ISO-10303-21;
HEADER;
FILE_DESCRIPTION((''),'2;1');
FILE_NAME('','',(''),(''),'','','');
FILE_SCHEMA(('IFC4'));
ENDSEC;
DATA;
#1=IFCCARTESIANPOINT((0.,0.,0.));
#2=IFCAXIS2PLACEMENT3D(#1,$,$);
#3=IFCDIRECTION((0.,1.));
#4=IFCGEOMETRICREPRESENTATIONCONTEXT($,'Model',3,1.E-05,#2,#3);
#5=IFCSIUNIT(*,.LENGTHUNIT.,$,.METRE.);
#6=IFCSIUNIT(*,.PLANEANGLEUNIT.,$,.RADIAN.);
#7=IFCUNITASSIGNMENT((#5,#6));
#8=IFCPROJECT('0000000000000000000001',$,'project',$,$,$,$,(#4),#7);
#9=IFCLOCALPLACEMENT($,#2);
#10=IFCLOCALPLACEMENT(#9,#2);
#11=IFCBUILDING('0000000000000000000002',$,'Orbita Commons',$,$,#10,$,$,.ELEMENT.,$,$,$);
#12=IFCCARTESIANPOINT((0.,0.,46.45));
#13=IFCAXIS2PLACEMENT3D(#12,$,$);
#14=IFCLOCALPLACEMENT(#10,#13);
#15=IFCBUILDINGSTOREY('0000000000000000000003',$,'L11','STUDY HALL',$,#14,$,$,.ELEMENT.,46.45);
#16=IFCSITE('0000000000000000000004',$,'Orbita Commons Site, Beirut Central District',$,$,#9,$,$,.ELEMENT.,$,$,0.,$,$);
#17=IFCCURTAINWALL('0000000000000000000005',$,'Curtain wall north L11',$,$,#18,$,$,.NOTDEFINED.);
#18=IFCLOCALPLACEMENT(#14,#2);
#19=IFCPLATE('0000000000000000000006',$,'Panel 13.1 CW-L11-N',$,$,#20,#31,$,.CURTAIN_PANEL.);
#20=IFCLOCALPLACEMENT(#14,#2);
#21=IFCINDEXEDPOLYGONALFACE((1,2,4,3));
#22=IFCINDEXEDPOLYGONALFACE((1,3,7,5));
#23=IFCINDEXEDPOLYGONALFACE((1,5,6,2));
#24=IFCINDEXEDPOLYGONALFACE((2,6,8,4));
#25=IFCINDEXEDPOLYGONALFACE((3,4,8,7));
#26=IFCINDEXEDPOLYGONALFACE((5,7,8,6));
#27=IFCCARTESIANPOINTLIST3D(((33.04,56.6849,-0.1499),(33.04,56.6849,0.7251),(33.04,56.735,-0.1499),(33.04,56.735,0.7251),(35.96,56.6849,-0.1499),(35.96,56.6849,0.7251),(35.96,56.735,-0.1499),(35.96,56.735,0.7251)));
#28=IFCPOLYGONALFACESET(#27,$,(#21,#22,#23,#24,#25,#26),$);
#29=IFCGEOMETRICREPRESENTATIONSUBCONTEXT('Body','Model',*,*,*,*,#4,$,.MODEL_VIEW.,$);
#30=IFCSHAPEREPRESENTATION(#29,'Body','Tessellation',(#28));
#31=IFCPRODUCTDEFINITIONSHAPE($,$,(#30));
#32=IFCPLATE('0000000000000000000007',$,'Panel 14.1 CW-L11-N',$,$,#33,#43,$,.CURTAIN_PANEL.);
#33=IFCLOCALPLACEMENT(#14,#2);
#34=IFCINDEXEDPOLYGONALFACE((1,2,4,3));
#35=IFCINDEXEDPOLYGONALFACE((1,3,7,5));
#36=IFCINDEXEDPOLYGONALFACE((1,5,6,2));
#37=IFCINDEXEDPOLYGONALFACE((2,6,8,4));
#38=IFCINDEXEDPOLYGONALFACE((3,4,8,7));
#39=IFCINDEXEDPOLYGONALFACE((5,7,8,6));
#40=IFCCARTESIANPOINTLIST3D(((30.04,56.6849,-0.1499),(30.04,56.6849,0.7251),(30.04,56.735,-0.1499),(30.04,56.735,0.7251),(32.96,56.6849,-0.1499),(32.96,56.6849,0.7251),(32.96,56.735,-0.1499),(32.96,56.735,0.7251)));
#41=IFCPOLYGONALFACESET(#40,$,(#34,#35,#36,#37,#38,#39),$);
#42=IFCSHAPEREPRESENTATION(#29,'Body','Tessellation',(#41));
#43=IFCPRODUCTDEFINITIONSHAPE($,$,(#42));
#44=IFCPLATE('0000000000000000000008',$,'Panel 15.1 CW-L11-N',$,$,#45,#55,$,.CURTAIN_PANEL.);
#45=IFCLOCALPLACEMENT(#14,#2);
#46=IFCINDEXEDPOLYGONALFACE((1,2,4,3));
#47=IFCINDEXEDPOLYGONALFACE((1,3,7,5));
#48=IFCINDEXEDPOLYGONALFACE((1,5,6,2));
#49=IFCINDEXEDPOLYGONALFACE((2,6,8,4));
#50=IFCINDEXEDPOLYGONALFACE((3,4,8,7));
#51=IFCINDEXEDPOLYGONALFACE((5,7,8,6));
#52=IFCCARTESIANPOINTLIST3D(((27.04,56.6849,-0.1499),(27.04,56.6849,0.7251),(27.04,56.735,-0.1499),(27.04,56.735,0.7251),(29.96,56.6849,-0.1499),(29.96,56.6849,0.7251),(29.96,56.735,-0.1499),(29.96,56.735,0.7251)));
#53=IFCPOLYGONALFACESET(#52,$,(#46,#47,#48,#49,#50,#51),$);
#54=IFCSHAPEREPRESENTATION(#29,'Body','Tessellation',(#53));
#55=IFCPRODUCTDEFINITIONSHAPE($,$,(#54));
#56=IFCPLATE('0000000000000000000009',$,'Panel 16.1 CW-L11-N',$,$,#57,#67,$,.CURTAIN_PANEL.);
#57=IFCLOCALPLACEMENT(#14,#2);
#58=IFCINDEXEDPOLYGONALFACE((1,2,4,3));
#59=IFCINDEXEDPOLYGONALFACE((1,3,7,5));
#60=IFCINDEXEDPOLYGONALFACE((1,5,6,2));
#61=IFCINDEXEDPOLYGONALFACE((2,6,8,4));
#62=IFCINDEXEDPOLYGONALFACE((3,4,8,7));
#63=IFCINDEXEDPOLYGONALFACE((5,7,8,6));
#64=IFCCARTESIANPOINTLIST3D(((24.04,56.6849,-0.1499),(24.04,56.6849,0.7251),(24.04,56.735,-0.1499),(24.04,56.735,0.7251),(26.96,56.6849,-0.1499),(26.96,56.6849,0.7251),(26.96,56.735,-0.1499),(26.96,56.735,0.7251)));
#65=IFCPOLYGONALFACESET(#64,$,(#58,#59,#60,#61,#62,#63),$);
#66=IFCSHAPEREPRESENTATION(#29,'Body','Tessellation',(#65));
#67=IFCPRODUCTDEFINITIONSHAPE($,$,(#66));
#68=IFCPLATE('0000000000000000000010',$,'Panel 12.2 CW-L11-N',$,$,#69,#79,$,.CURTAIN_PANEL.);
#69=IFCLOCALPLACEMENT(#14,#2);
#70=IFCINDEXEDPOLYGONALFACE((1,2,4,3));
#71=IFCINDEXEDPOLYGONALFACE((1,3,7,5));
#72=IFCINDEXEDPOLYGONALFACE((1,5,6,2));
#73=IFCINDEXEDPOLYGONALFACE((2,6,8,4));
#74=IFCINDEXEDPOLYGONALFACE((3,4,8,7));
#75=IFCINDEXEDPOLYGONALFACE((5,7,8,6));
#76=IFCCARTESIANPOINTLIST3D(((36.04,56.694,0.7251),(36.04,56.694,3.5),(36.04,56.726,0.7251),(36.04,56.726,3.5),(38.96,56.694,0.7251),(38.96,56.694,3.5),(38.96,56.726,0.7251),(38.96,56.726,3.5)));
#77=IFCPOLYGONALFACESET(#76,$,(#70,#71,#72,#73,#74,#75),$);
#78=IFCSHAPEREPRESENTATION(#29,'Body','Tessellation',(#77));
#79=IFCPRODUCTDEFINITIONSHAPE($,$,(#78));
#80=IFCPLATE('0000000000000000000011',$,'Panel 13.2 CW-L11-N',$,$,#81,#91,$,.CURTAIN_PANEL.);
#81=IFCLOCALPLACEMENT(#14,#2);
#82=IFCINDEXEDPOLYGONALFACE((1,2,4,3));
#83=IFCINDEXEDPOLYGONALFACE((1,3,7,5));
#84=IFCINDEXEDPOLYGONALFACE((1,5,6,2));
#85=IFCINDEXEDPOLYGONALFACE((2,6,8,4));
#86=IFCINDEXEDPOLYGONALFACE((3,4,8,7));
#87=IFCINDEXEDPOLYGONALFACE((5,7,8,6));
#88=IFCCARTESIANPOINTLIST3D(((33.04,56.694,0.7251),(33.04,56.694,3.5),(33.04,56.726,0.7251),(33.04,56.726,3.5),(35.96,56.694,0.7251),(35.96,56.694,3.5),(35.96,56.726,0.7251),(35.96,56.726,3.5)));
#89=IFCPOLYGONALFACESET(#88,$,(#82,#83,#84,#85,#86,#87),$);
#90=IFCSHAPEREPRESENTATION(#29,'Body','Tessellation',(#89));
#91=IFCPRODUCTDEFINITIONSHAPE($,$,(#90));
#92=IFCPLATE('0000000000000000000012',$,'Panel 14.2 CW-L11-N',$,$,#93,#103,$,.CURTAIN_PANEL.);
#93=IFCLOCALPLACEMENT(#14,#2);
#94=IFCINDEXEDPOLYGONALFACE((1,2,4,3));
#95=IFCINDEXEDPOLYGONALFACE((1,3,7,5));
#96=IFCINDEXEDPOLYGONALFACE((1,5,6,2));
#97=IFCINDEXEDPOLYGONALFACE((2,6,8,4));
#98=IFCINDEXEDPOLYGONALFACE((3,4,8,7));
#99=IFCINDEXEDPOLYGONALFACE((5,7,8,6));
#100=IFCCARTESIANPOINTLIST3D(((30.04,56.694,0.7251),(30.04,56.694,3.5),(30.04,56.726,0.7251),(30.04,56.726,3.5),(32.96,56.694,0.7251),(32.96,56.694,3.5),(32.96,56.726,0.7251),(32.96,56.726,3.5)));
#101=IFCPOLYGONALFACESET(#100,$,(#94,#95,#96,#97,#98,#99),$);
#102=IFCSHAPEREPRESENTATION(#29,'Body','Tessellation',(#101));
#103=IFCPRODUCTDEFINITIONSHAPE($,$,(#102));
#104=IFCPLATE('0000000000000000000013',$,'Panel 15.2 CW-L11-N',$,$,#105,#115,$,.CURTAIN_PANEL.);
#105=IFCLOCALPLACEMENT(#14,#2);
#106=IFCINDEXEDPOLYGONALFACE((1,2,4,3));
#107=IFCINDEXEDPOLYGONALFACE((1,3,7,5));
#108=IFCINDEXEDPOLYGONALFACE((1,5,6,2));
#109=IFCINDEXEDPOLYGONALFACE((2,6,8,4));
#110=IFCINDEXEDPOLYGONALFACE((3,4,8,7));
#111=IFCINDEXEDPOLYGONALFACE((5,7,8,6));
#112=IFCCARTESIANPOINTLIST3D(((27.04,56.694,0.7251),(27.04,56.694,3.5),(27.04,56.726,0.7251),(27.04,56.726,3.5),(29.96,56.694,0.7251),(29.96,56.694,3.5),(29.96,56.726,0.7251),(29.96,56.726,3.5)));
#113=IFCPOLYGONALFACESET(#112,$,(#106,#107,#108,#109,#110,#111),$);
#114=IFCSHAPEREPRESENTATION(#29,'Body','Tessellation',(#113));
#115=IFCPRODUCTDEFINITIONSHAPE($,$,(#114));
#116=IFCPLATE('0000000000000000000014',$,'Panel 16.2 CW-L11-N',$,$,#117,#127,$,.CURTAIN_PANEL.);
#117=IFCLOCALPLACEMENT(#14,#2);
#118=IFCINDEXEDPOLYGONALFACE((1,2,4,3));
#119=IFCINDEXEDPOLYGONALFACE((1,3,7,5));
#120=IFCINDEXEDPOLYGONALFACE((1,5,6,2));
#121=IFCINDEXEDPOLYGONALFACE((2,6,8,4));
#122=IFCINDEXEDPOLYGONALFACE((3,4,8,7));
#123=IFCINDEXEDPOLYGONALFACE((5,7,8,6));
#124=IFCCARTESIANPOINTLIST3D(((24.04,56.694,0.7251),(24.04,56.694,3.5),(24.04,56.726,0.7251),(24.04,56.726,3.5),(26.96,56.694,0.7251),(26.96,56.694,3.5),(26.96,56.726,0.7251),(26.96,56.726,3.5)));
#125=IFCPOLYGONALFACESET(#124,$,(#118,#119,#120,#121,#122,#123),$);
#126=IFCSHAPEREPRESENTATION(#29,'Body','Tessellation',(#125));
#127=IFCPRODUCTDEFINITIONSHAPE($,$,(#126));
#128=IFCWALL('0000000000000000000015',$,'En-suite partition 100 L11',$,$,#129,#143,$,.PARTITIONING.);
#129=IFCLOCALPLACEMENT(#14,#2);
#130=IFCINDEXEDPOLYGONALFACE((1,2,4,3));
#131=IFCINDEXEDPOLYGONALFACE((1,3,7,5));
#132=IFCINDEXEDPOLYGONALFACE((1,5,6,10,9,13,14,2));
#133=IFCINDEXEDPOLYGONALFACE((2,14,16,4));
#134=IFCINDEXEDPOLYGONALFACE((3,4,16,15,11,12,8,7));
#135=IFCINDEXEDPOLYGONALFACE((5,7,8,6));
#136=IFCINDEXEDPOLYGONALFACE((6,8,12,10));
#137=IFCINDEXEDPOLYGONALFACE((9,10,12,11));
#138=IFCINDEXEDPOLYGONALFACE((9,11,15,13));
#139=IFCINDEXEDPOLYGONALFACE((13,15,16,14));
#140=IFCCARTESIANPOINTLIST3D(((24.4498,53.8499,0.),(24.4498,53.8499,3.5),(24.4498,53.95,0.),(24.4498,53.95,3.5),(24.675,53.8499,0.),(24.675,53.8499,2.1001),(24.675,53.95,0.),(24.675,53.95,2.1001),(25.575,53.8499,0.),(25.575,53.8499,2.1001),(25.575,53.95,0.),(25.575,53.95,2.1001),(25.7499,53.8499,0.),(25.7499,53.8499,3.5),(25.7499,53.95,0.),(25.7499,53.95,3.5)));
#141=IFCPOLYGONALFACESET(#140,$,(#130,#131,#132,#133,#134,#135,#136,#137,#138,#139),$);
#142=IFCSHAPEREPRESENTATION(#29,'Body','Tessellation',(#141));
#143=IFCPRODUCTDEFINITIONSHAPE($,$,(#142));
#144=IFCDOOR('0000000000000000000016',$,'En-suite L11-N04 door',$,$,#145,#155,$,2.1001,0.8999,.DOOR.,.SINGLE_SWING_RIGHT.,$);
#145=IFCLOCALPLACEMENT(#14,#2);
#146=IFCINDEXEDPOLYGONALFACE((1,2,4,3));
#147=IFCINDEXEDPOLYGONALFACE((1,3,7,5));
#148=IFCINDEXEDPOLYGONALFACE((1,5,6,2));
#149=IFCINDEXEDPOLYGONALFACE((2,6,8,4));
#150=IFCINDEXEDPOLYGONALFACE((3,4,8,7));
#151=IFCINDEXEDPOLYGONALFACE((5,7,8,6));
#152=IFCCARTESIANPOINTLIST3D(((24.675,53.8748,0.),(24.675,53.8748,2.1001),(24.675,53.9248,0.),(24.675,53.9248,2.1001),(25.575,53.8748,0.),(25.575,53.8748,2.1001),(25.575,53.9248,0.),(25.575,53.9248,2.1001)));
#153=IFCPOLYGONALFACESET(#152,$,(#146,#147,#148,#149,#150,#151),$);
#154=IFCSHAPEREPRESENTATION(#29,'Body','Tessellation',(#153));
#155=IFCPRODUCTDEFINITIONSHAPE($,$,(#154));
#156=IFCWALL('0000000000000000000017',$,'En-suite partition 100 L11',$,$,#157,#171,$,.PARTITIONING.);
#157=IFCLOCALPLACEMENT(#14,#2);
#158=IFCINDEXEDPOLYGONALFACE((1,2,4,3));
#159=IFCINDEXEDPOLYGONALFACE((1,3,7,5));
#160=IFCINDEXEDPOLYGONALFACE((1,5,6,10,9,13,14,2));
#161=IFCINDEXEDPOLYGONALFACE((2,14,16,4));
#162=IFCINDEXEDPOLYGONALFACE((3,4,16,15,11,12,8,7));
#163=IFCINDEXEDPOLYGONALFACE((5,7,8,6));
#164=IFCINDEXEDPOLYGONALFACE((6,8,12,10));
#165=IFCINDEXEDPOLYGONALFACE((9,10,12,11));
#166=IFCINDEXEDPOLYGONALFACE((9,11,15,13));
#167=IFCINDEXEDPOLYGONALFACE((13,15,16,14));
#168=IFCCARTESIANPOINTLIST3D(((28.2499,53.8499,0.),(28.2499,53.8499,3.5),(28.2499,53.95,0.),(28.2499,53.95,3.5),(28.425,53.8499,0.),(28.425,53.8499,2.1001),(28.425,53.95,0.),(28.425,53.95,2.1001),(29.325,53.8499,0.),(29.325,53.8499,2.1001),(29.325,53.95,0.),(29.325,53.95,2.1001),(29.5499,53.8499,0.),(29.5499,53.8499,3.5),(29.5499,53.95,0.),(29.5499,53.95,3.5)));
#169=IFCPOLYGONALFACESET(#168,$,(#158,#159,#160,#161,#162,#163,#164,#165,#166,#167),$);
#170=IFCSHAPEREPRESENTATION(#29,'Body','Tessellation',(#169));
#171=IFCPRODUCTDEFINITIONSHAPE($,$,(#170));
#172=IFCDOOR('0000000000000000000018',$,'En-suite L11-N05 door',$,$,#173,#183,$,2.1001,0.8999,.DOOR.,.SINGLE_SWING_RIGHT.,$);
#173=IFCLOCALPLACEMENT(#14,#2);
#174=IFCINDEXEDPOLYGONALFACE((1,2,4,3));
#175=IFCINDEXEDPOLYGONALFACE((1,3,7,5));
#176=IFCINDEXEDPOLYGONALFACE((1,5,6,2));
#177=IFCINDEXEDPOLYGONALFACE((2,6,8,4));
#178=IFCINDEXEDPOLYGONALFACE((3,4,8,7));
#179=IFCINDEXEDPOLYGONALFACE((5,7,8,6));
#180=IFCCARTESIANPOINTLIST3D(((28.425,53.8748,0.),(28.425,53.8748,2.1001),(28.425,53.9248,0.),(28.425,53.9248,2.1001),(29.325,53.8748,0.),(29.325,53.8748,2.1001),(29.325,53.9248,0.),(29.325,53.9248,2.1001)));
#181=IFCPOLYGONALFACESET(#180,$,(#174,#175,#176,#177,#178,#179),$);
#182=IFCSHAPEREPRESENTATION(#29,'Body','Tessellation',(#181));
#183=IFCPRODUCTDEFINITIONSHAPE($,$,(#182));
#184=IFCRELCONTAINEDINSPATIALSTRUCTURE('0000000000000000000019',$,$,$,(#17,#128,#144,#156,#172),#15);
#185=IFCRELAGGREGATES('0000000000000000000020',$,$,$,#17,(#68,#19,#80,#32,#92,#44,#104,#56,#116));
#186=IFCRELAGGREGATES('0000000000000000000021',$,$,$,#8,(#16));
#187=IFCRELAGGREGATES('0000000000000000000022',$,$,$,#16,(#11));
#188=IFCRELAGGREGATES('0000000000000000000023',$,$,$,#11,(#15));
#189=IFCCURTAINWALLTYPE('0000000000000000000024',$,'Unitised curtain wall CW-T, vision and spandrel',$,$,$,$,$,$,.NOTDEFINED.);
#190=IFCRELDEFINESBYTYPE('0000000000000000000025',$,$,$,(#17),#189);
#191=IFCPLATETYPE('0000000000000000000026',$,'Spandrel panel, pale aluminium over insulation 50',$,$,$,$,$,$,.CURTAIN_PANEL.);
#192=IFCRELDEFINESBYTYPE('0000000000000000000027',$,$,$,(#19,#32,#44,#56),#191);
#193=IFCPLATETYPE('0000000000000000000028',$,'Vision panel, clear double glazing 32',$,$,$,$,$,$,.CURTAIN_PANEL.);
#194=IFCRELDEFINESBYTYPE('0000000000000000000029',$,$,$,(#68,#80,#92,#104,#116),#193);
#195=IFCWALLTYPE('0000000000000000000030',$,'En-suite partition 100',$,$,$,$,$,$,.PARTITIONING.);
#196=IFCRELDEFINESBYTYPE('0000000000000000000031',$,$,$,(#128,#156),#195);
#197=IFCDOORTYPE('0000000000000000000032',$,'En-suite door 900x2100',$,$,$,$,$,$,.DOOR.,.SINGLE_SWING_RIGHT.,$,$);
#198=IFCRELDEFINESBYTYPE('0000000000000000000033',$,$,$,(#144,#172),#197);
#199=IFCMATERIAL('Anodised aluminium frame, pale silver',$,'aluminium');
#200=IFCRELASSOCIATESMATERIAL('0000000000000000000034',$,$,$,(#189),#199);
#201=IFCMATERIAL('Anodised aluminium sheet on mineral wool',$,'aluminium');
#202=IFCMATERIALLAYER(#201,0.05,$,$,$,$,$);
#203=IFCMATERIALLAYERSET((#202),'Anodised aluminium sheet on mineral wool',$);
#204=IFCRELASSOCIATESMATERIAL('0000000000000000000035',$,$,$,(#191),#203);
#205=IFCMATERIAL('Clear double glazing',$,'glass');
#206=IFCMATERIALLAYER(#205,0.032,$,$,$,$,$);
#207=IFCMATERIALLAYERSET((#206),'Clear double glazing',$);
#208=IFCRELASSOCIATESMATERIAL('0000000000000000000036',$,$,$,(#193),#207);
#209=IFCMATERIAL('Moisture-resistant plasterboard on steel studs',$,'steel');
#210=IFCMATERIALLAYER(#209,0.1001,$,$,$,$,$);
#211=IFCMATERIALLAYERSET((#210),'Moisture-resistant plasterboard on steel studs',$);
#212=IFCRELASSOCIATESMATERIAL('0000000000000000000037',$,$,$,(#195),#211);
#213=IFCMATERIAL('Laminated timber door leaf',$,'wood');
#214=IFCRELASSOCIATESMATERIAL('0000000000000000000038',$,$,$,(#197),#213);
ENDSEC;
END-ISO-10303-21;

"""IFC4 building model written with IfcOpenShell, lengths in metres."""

from ifc_helpers import new_model, si_unit, direction, frame, frame_2d, origin, origin_2d, place, context, subcontext, project, spatial, rectangle, extrude, material, layer, layer_set, type_object, element, fill, aggregate, save


model = new_model("IFC4")

# Units and contexts
model_context = context("Model", 3, precision=1e-05, world=origin(), true_north=direction((0.0, 1.0)))
body_context = subcontext(model_context, "Body", "Model", "MODEL_VIEW")
ifc_project = project(units=[si_unit("LENGTHUNIT", "METRE"), si_unit("PLANEANGLEUNIT", "RADIAN")], contexts=[model_context])

# Site, building, storey
site_placement = place(None, origin())
site = spatial("IfcSite", under=ifc_project, at=site_placement, Name="Orbita Commons Site, Beirut Central District", CompositionType="ELEMENT", RefElevation=0.0)
building_placement = place(site_placement, origin())
building = spatial("IfcBuilding", under=site, at=building_placement, Name="Orbita Commons", CompositionType="ELEMENT")
storey_placement = place(building_placement, frame((0.0, 0.0, 46.45)))
storey = spatial("IfcBuildingStorey", under=building, at=storey_placement, Name="L11", Description="STUDY HALL", CompositionType="ELEMENT", Elevation=46.45)

# Curtain wall, plates
ifc_material_1 = material(Name="Anodised aluminium frame, pale silver", Category="aluminium")
curtain_wall_type = type_object("IfcCurtainWallType", Name="Unitised curtain wall CW-T, vision and spandrel", PredefinedType="NOTDEFINED", material=ifc_material_1)
curtain_wall_placement = place(storey_placement, origin())
curtain_wall = element("IfcCurtainWall", 1, at=curtain_wall_placement, inside=storey, type_object=curtain_wall_type, Name="Curtain wall north L11", PredefinedType="NOTDEFINED")
ifc_material_2 = material(Name="Anodised aluminium sheet on mineral wool", Category="aluminium")
ifc_layer_1 = layer(ifc_material_2, 0.05)
ifc_layer_set_1 = layer_set([ifc_layer_1], Name="Anodised aluminium sheet on mineral wool")
plate_type_1 = type_object("IfcPlateType", Name="Spandrel panel, pale aluminium over insulation 50", PredefinedType="CURTAIN_PANEL", material=ifc_layer_set_1)
plate_1_placement = place(storey_placement, frame((34.5, 56.71, -0.1499), z_axis=(0.0, 0.0, 1.0), x_axis=(-1.0, 0.0, 0.0)))
plate_1 = element("IfcPlate", 2, at=plate_1_placement, type_object=plate_type_1, Name="Panel 13.1 CW-L11-N", PredefinedType="CURTAIN_PANEL", context=body_context, shape_type="SweptSolid", body=[
    extrude(rectangle(XDim=2.9199, YDim=0.05, at=origin_2d()), origin(), (0.0, 0.0, 1.0), 0.875),
])
plate_2_placement = place(storey_placement, frame((31.5, 56.71, -0.1499), z_axis=(0.0, 0.0, 1.0), x_axis=(-1.0, 0.0, 0.0)))
plate_2 = element("IfcPlate", 3, at=plate_2_placement, type_object=plate_type_1, Name="Panel 14.1 CW-L11-N", PredefinedType="CURTAIN_PANEL", context=body_context, shape_type="SweptSolid", body=[
    extrude(rectangle(XDim=2.9199, YDim=0.05, at=origin_2d()), origin(), (0.0, 0.0, 1.0), 0.875),
])
plate_3_placement = place(storey_placement, frame((28.5, 56.71, -0.1499), z_axis=(0.0, 0.0, 1.0), x_axis=(-1.0, 0.0, 0.0)))
plate_3 = element("IfcPlate", 4, at=plate_3_placement, type_object=plate_type_1, Name="Panel 15.1 CW-L11-N", PredefinedType="CURTAIN_PANEL", context=body_context, shape_type="SweptSolid", body=[
    extrude(rectangle(XDim=2.9199, YDim=0.05, at=origin_2d()), origin(), (0.0, 0.0, 1.0), 0.875),
])
plate_4_placement = place(storey_placement, frame((25.5, 56.71, -0.1499), z_axis=(0.0, 0.0, 1.0), x_axis=(-1.0, 0.0, 0.0)))
plate_4 = element("IfcPlate", 5, at=plate_4_placement, type_object=plate_type_1, Name="Panel 16.1 CW-L11-N", PredefinedType="CURTAIN_PANEL", context=body_context, shape_type="SweptSolid", body=[
    extrude(rectangle(XDim=2.9199, YDim=0.05, at=origin_2d()), origin(), (0.0, 0.0, 1.0), 0.875),
])
ifc_material_3 = material(Name="Clear double glazing", Category="glass")
ifc_layer_2 = layer(ifc_material_3, 0.032)
ifc_layer_set_2 = layer_set([ifc_layer_2], Name="Clear double glazing")
plate_type_2 = type_object("IfcPlateType", Name="Vision panel, clear double glazing 32", PredefinedType="CURTAIN_PANEL", material=ifc_layer_set_2)
plate_5_placement = place(storey_placement, frame((37.5, 56.71, 0.7251), z_axis=(0.0, 0.0, 1.0), x_axis=(-1.0, 0.0, 0.0)))
plate_5 = element("IfcPlate", 6, at=plate_5_placement, type_object=plate_type_2, Name="Panel 12.2 CW-L11-N", PredefinedType="CURTAIN_PANEL", context=body_context, shape_type="SweptSolid", body=[
    extrude(rectangle(XDim=2.9199, YDim=0.032, at=origin_2d()), origin(), (0.0, 0.0, 1.0), 2.7749),
])
plate_6_placement = place(storey_placement, frame((34.5, 56.71, 0.7251), z_axis=(0.0, 0.0, 1.0), x_axis=(-1.0, 0.0, 0.0)))
plate_6 = element("IfcPlate", 7, at=plate_6_placement, type_object=plate_type_2, Name="Panel 13.2 CW-L11-N", PredefinedType="CURTAIN_PANEL", context=body_context, shape_type="SweptSolid", body=[
    extrude(rectangle(XDim=2.9199, YDim=0.032, at=origin_2d()), origin(), (0.0, 0.0, 1.0), 2.7749),
])
plate_7_placement = place(storey_placement, frame((31.5, 56.71, 0.7251), z_axis=(0.0, 0.0, 1.0), x_axis=(-1.0, 0.0, 0.0)))
plate_7 = element("IfcPlate", 8, at=plate_7_placement, type_object=plate_type_2, Name="Panel 14.2 CW-L11-N", PredefinedType="CURTAIN_PANEL", context=body_context, shape_type="SweptSolid", body=[
    extrude(rectangle(XDim=2.9199, YDim=0.032, at=origin_2d()), origin(), (0.0, 0.0, 1.0), 2.7749),
])
plate_8_placement = place(storey_placement, frame((28.5, 56.71, 0.7251), z_axis=(0.0, 0.0, 1.0), x_axis=(-1.0, 0.0, 0.0)))
plate_8 = element("IfcPlate", 9, at=plate_8_placement, type_object=plate_type_2, Name="Panel 15.2 CW-L11-N", PredefinedType="CURTAIN_PANEL", context=body_context, shape_type="SweptSolid", body=[
    extrude(rectangle(XDim=2.9199, YDim=0.032, at=origin_2d()), origin(), (0.0, 0.0, 1.0), 2.7749),
])
plate_9_placement = place(storey_placement, frame((25.5, 56.71, 0.7251), z_axis=(0.0, 0.0, 1.0), x_axis=(-1.0, 0.0, 0.0)))
plate_9 = element("IfcPlate", 10, at=plate_9_placement, type_object=plate_type_2, Name="Panel 16.2 CW-L11-N", PredefinedType="CURTAIN_PANEL", context=body_context, shape_type="SweptSolid", body=[
    extrude(rectangle(XDim=2.9199, YDim=0.032, at=origin_2d()), origin(), (0.0, 0.0, 1.0), 2.7749),
])
aggregate(curtain_wall, [plate_5, plate_1, plate_6, plate_2, plate_7, plate_3, plate_8, plate_4, plate_9])

# Walls, openings, doors
ifc_material_4 = material(Name="Moisture-resistant plasterboard on steel studs", Category="steel")
ifc_layer_3 = layer(ifc_material_4, 0.1001)
ifc_layer_set_3 = layer_set([ifc_layer_3], Name="Moisture-resistant plasterboard on steel studs")
wall_type_1 = type_object("IfcWallType", Name="En-suite partition 100", PredefinedType="PARTITIONING", material=ifc_layer_set_3)
wall_1_placement = place(storey_placement, frame((24.45, 53.8999, 0.0), z_axis=(0.0, 0.0, 1.0), x_axis=(1.0, 0.0, 0.0)))
wall_1 = element("IfcWall", 11, at=wall_1_placement, inside=storey, type_object=wall_type_1, Name="En-suite partition 100 L11", PredefinedType="PARTITIONING", context=body_context, shape_type="SweptSolid", body=[
    extrude(rectangle(XDim=1.3, YDim=0.1001, at=frame_2d((0.6499, 0.0))), origin(), (0.0, 0.0, 1.0), 3.5),
])
opening_1_placement = place(wall_1_placement, frame((0.2251, 0.0, 0.0)))
opening_1 = element("IfcOpeningElement", 12, at=opening_1_placement, cuts=wall_1, PredefinedType="OPENING", context=body_context, shape_type="SweptSolid", body=[
    extrude(rectangle(XDim=0.8999, YDim=2.1001, at=frame_2d((0.45, 1.05))), frame((0.0, 0.0601, 0.0), z_axis=(0.0, -1.0, 0.0), x_axis=(1.0, 0.0, 0.0)), (0.0, 0.0, 1.0), 0.1201),
])
ifc_material_5 = material(Name="Laminated timber door leaf", Category="wood")
door_type = type_object("IfcDoorType", Name="En-suite door 900x2100", OperationType="SINGLE_SWING_RIGHT", PredefinedType="DOOR", material=ifc_material_5)
door_1_placement = place(opening_1_placement, origin())
door_1 = element("IfcDoor", 13, at=door_1_placement, inside=storey, type_object=door_type, Name="En-suite L11-N04 door", OperationType="SINGLE_SWING_RIGHT", OverallHeight=2.1001, OverallWidth=0.8999, PredefinedType="DOOR", context=body_context, shape_type="SweptSolid", body=[
    extrude(rectangle(XDim=0.8999, YDim=2.1001, at=frame_2d((0.45, 1.05))), frame((0.0, 0.0249, 0.0), z_axis=(0.0, -1.0, 0.0), x_axis=(1.0, 0.0, 0.0)), (0.0, 0.0, 1.0), 0.05),
])
fill(opening_1, door_1)
wall_2_placement = place(storey_placement, frame((28.25, 53.8999, 0.0), z_axis=(0.0, 0.0, 1.0), x_axis=(1.0, 0.0, 0.0)))
wall_2 = element("IfcWall", 14, at=wall_2_placement, inside=storey, type_object=wall_type_1, Name="En-suite partition 100 L11", PredefinedType="PARTITIONING", context=body_context, shape_type="SweptSolid", body=[
    extrude(rectangle(XDim=1.3, YDim=0.1001, at=frame_2d((0.6499, 0.0))), origin(), (0.0, 0.0, 1.0), 3.5),
])
opening_2_placement = place(wall_2_placement, frame((0.175, 0.0, 0.0)))
opening_2 = element("IfcOpeningElement", 15, at=opening_2_placement, cuts=wall_2, PredefinedType="OPENING", context=body_context, shape_type="SweptSolid", body=[
    extrude(rectangle(XDim=0.8999, YDim=2.1001, at=frame_2d((0.45, 1.05))), frame((0.0, 0.0601, 0.0), z_axis=(0.0, -1.0, 0.0), x_axis=(1.0, 0.0, 0.0)), (0.0, 0.0, 1.0), 0.1201),
])
door_2_placement = place(opening_2_placement, origin())
door_2 = element("IfcDoor", 16, at=door_2_placement, inside=storey, type_object=door_type, Name="En-suite L11-N05 door", OperationType="SINGLE_SWING_RIGHT", OverallHeight=2.1001, OverallWidth=0.8999, PredefinedType="DOOR", context=body_context, shape_type="SweptSolid", body=[
    extrude(rectangle(XDim=0.8999, YDim=2.1001, at=frame_2d((0.45, 1.05))), frame((0.0, 0.0249, 0.0), z_axis=(0.0, -1.0, 0.0), x_axis=(1.0, 0.0, 0.0)), (0.0, 0.0, 1.0), 0.05),
])
fill(opening_2, door_2)

save(model, "model.ifc")
